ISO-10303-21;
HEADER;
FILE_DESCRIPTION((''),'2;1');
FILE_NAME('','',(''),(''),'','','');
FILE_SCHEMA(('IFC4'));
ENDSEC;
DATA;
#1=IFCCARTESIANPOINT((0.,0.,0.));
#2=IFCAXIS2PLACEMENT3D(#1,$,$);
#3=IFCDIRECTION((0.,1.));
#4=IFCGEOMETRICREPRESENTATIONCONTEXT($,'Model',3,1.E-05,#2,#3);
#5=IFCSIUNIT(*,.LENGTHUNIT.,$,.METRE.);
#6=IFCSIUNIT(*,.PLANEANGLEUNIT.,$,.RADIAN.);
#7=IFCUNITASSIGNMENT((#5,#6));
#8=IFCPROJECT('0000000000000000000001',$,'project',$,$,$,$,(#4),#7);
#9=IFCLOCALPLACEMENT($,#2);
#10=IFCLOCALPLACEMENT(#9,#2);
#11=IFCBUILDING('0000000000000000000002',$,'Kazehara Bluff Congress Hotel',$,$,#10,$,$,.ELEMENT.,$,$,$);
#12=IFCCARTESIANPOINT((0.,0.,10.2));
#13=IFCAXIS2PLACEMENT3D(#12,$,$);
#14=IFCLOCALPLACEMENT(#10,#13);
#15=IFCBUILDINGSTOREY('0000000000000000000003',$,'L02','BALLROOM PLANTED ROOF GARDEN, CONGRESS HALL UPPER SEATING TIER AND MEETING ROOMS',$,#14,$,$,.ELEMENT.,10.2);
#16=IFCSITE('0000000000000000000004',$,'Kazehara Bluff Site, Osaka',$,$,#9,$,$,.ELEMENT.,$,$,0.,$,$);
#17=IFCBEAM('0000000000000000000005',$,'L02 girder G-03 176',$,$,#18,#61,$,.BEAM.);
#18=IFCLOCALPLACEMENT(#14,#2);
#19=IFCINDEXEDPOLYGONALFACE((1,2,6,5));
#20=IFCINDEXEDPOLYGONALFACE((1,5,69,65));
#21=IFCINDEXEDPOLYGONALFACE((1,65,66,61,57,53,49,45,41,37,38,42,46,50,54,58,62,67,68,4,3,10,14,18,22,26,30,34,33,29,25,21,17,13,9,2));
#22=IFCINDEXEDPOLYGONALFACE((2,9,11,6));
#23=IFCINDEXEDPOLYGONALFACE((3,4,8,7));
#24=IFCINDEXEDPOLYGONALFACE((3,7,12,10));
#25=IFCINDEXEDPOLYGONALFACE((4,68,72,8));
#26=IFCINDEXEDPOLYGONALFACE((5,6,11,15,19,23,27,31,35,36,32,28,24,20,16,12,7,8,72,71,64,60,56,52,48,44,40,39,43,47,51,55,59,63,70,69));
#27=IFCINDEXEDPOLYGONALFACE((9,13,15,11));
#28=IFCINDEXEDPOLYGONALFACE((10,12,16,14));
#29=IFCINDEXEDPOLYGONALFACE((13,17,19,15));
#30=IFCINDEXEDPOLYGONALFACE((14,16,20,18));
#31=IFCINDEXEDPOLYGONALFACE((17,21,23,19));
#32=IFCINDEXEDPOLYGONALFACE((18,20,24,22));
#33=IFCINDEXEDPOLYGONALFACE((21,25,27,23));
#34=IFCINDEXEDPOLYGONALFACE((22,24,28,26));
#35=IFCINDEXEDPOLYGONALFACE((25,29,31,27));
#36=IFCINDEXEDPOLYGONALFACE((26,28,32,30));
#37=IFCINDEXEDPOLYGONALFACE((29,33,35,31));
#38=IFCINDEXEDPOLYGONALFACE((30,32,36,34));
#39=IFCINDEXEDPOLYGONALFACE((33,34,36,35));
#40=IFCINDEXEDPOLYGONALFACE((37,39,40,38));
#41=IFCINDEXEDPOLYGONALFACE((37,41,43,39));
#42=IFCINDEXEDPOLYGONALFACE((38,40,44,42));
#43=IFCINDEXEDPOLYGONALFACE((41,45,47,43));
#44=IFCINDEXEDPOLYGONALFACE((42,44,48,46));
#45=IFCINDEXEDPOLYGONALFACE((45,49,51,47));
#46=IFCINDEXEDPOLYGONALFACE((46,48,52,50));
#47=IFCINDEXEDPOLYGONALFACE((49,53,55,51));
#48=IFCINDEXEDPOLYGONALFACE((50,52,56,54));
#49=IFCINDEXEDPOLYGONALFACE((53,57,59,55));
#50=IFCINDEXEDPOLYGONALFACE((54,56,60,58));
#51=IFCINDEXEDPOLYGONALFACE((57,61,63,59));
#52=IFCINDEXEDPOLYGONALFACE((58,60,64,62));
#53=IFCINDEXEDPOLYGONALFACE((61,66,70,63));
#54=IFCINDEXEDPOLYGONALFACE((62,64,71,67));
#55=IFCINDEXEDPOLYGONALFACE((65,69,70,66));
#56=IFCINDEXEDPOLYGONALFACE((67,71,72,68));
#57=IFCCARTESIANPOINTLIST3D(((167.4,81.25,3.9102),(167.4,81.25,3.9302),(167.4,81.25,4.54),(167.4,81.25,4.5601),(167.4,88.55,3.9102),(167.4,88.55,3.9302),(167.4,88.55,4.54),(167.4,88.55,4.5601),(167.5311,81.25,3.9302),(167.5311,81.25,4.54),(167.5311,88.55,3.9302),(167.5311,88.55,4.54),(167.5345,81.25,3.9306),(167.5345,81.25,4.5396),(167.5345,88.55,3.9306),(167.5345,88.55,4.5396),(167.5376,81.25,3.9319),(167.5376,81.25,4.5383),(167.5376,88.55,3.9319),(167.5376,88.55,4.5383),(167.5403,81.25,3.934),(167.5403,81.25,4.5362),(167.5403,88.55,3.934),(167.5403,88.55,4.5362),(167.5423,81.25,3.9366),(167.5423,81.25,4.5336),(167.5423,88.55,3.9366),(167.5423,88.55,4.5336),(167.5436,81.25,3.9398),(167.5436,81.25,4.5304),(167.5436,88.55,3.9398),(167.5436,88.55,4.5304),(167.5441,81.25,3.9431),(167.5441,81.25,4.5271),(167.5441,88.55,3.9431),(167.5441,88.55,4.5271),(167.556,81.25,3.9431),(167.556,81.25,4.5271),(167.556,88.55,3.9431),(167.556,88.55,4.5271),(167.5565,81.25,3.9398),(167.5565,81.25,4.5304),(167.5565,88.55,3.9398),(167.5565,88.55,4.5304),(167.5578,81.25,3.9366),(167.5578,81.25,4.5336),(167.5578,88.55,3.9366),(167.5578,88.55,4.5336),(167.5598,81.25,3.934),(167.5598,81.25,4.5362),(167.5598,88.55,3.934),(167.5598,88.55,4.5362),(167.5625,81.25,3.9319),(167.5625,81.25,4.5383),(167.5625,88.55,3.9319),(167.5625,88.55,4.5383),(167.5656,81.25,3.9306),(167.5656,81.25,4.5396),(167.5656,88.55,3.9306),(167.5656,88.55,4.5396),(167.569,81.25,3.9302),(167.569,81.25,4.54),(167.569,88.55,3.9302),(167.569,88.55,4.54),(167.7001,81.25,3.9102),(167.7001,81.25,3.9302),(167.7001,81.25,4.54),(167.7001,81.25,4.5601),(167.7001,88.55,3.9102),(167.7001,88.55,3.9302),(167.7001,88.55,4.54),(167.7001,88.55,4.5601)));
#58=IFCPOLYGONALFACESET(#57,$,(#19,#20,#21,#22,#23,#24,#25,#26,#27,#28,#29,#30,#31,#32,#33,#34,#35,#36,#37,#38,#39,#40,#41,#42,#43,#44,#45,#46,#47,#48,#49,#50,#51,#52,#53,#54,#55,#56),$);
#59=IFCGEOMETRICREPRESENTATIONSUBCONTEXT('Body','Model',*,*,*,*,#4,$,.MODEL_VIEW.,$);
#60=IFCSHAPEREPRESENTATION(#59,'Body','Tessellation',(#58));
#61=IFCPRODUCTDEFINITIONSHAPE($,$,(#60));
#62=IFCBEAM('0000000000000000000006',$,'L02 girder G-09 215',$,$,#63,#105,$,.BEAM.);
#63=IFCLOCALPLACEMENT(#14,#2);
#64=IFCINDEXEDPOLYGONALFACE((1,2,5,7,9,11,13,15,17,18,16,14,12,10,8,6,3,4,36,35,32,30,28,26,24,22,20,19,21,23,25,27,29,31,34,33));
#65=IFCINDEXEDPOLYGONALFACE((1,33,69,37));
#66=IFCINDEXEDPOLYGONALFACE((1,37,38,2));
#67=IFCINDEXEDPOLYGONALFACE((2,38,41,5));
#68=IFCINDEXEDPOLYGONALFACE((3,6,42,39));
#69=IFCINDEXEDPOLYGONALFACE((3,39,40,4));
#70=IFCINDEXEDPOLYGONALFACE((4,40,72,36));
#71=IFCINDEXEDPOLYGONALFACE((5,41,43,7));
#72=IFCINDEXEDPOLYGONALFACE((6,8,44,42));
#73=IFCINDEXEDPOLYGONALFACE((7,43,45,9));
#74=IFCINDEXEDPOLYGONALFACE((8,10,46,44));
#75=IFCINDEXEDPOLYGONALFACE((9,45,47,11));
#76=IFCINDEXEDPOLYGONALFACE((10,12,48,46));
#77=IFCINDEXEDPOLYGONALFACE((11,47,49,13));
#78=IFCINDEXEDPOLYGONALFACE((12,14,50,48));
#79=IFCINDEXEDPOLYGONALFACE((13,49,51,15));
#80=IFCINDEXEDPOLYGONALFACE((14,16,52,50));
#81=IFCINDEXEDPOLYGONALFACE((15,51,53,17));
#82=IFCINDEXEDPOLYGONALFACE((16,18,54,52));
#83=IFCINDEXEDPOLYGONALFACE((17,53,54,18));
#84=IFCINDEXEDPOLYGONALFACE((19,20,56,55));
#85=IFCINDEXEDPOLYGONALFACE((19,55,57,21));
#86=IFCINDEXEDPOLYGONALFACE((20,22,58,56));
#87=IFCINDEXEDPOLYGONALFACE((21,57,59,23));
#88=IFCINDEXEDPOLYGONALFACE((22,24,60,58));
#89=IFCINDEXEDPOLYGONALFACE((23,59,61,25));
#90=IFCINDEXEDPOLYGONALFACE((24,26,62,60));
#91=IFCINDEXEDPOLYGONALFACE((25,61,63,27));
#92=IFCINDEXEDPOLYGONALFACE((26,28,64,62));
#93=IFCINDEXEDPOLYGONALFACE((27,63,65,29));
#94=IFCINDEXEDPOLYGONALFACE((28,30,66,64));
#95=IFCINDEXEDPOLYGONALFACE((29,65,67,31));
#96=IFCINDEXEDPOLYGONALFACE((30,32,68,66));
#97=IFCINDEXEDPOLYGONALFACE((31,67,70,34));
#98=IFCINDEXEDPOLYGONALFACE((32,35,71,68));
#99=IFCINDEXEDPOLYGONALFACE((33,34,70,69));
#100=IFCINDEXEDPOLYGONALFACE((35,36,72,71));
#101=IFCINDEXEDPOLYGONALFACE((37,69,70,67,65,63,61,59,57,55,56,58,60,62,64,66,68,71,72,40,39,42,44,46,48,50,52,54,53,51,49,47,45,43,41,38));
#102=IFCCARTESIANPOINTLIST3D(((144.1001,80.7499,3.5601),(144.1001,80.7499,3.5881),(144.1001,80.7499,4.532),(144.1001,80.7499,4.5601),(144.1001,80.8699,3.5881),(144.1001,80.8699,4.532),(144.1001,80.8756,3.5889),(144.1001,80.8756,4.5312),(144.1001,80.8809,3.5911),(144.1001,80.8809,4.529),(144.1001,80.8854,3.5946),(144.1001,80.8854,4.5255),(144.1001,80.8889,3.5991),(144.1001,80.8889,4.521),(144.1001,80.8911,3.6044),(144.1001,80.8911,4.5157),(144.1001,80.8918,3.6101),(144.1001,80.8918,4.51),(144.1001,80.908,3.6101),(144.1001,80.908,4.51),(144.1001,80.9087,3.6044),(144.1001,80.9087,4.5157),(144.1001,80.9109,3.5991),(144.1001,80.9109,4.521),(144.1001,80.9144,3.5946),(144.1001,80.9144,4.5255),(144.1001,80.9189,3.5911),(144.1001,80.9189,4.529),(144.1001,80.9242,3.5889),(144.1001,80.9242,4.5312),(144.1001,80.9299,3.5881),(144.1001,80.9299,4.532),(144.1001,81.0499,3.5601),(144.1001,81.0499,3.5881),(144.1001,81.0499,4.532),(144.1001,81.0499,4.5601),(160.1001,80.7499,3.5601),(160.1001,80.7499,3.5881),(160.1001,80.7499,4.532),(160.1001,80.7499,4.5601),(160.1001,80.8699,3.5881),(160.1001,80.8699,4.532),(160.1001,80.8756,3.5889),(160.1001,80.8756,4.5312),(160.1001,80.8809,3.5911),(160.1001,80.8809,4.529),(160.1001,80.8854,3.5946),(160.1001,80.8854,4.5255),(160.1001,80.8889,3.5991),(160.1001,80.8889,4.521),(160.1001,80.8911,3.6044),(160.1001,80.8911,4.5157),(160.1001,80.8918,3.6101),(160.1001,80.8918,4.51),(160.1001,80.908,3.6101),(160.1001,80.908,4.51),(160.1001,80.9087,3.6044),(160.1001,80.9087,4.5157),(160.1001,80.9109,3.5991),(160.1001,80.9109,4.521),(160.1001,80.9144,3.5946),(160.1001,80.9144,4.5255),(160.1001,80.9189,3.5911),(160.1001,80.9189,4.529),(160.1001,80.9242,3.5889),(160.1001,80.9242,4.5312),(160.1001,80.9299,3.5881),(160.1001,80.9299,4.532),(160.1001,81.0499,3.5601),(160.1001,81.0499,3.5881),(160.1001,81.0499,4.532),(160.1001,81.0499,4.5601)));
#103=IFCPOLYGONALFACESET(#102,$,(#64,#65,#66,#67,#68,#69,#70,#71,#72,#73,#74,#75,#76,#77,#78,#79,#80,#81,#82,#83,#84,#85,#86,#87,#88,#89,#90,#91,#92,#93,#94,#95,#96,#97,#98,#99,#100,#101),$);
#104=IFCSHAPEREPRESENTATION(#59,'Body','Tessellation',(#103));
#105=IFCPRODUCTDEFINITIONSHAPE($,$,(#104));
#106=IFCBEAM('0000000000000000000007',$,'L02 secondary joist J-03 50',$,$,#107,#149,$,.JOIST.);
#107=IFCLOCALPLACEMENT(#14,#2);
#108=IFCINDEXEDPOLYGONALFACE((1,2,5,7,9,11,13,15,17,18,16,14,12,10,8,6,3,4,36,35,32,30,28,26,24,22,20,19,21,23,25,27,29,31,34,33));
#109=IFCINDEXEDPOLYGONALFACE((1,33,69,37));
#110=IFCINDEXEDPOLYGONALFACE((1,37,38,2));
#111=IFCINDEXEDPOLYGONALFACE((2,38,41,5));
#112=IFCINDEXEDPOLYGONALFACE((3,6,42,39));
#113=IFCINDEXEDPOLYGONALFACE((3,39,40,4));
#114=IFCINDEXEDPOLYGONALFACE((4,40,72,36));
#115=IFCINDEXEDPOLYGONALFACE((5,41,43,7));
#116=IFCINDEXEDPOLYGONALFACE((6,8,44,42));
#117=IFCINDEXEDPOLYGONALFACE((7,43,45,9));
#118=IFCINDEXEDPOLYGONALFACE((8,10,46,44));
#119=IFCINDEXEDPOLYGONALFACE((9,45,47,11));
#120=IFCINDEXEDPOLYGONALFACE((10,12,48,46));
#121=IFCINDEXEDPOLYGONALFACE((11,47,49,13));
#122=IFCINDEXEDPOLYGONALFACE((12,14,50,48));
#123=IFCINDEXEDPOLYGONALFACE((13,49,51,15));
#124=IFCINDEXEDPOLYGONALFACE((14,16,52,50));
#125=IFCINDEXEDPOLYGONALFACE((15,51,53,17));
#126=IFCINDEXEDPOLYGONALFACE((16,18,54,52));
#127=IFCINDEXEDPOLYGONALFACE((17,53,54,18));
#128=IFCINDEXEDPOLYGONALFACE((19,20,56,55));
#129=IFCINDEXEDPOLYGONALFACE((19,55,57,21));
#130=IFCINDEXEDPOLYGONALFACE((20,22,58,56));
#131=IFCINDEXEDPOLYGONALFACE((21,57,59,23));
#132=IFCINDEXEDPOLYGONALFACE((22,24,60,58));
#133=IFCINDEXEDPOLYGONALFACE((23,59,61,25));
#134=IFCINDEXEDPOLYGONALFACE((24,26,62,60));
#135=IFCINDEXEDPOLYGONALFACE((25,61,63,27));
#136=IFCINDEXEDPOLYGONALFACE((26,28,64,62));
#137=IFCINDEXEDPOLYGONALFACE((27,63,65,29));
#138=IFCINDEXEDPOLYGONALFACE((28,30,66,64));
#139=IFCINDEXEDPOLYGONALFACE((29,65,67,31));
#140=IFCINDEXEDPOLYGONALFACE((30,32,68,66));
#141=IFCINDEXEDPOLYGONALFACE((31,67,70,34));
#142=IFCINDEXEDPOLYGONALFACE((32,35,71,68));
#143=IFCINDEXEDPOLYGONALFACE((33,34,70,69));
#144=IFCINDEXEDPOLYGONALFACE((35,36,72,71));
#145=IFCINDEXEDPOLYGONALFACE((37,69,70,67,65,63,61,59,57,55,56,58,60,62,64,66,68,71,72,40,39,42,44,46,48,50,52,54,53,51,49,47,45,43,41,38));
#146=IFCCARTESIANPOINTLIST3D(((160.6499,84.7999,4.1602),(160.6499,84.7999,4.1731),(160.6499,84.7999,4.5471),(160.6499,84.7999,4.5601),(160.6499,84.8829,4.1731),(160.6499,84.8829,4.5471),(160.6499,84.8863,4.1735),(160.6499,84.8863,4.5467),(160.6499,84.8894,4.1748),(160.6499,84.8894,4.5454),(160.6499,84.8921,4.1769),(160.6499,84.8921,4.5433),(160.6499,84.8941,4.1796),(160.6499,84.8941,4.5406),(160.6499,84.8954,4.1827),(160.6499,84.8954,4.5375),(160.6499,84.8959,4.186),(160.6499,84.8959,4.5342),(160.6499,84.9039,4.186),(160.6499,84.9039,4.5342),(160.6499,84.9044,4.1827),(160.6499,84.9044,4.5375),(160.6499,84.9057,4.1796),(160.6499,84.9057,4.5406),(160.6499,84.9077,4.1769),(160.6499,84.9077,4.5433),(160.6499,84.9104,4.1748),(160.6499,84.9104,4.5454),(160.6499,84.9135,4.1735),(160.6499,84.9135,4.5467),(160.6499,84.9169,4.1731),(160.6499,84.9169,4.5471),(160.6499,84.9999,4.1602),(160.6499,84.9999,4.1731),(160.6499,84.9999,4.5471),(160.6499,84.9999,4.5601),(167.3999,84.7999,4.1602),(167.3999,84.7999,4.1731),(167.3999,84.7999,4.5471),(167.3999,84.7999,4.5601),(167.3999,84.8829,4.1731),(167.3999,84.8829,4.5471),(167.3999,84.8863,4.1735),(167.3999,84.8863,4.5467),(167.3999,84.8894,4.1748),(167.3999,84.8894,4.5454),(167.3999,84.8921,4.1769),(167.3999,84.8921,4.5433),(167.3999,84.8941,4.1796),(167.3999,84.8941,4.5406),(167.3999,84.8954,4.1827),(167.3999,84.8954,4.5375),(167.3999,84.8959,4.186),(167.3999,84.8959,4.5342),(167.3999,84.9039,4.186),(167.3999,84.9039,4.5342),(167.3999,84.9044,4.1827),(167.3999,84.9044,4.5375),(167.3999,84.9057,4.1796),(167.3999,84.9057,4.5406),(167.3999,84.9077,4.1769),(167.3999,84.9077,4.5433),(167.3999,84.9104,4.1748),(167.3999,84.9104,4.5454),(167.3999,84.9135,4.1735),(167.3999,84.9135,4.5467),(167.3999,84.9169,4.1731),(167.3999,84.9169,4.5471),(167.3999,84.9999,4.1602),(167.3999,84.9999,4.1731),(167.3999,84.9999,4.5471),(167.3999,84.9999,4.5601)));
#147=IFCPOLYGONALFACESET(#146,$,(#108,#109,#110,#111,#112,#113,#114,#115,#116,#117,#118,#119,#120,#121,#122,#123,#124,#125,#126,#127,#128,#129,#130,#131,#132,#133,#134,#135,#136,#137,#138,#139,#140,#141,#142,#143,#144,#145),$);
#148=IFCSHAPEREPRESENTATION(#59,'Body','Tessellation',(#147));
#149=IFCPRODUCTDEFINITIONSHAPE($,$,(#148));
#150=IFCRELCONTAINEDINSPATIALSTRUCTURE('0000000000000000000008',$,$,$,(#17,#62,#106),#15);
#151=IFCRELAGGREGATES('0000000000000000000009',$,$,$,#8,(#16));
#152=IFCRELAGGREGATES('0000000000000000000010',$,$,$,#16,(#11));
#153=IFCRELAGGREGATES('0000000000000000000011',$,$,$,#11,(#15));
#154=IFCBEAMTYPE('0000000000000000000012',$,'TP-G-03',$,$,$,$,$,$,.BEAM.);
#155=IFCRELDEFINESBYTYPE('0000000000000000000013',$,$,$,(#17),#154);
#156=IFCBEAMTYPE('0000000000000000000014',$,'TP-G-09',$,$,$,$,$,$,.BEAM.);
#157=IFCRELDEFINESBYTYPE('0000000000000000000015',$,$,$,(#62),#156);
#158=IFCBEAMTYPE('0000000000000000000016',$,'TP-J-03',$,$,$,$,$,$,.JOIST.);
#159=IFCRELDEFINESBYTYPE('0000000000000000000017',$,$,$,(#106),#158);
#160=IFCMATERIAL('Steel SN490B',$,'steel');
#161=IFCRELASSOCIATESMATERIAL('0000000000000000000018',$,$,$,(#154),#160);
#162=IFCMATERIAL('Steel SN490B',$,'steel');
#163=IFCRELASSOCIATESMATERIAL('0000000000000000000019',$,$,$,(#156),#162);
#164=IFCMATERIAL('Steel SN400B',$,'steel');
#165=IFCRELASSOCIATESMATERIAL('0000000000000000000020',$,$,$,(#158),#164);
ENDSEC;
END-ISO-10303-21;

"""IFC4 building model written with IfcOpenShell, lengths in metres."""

from ifc_helpers import new_model, si_unit, direction, frame, origin, origin_2d, place, context, subcontext, project, spatial, i_section, extrude, material, material_profile, profile_set, type_object, element, save


model = new_model("IFC4")

# Units and contexts
model_context = context("Model", 3, precision=1e-05, world=origin(), true_north=direction((0.0, 1.0)))
body_context = subcontext(model_context, "Body", "Model", "MODEL_VIEW")
ifc_project = project(units=[si_unit("LENGTHUNIT", "METRE"), si_unit("PLANEANGLEUNIT", "RADIAN")], contexts=[model_context])

# Site, building, storey
site_placement = place(None, origin())
site = spatial("IfcSite", under=ifc_project, at=site_placement, Name="Kazehara Bluff Site, Osaka", CompositionType="ELEMENT", RefElevation=0.0)
building_placement = place(site_placement, origin())
building = spatial("IfcBuilding", under=site, at=building_placement, Name="Kazehara Bluff Congress Hotel", CompositionType="ELEMENT")
storey_placement = place(building_placement, frame((0.0, 0.0, 10.2)))
storey = spatial("IfcBuildingStorey", under=building, at=storey_placement, Name="L02", Description="BALLROOM PLANTED ROOF GARDEN, CONGRESS HALL UPPER SEATING TIER AND MEETING ROOMS", CompositionType="ELEMENT", Elevation=10.2)

# Beams
ifc_material_1 = material(Name="Steel SN490B", Category="steel")
ifc_material_profile_1 = material_profile(ifc_material_1, i_section(OverallWidth=0.3, OverallDepth=0.6499, WebThickness=0.012, FlangeThickness=0.02, FilletRadius=0.0129, at=origin_2d()))
ifc_profile_set_1 = profile_set([ifc_material_profile_1], Name="Steel SN490B")
beam_type_1 = type_object("IfcBeamType", Name="TP-G-03", PredefinedType="BEAM", material=ifc_profile_set_1)
beam_1_placement = place(storey_placement, frame((167.55, 81.25, 4.2351), z_axis=(0.0, 1.0, 0.0), x_axis=(-1.0, 0.0, 0.0)))
element("IfcBeam", 1, at=beam_1_placement, inside=storey, type_object=beam_type_1, Name="L02 girder G-03 176", PredefinedType="BEAM", context=body_context, shape_type="SweptSolid", body=[
    extrude(i_section(OverallWidth=0.3, OverallDepth=0.6499, WebThickness=0.012, FlangeThickness=0.02, FilletRadius=0.0129, at=origin_2d()), origin(), (0.0, 0.0, 1.0), 7.3),
])
ifc_material_2 = material(Name="Steel SN490B", Category="steel")
ifc_material_profile_2 = material_profile(ifc_material_2, i_section(OverallWidth=0.3, OverallDepth=1.0, WebThickness=0.0161, FlangeThickness=0.0281, FilletRadius=0.022, at=origin_2d()))
ifc_profile_set_2 = profile_set([ifc_material_profile_2], Name="Steel SN490B")
beam_type_2 = type_object("IfcBeamType", Name="TP-G-09", PredefinedType="BEAM", material=ifc_profile_set_2)
beam_2_placement = place(storey_placement, frame((144.1001, 80.8999, 4.0601), z_axis=(1.0, 0.0, 0.0), x_axis=(0.0, 1.0, 0.0)))
element("IfcBeam", 2, at=beam_2_placement, inside=storey, type_object=beam_type_2, Name="L02 girder G-09 215", PredefinedType="BEAM", context=body_context, shape_type="SweptSolid", body=[
    extrude(i_section(OverallWidth=0.3, OverallDepth=1.0, WebThickness=0.0161, FlangeThickness=0.0281, FilletRadius=0.022, at=origin_2d()), origin(), (0.0, 0.0, 1.0), 16.0),
])
ifc_material_3 = material(Name="Steel SN400B", Category="steel")
ifc_material_profile_3 = material_profile(ifc_material_3, i_section(OverallWidth=0.2, OverallDepth=0.3999, WebThickness=0.0081, FlangeThickness=0.0129, FilletRadius=0.0129, at=origin_2d()))
ifc_profile_set_3 = profile_set([ifc_material_profile_3], Name="Steel SN400B")
beam_type_3 = type_object("IfcBeamType", Name="TP-J-03", PredefinedType="JOIST", material=ifc_profile_set_3)
beam_3_placement = place(storey_placement, frame((160.6499, 84.8999, 4.3601), z_axis=(1.0, 0.0, 0.0), x_axis=(0.0, 1.0, 0.0)))
element("IfcBeam", 3, at=beam_3_placement, inside=storey, type_object=beam_type_3, Name="L02 secondary joist J-03 50", PredefinedType="JOIST", context=body_context, shape_type="SweptSolid", body=[
    extrude(i_section(OverallWidth=0.2, OverallDepth=0.3999, WebThickness=0.0081, FlangeThickness=0.0129, FilletRadius=0.0129, at=origin_2d()), origin(), (0.0, 0.0, 1.0), 6.75),
])

save(model, "model.ifc")
